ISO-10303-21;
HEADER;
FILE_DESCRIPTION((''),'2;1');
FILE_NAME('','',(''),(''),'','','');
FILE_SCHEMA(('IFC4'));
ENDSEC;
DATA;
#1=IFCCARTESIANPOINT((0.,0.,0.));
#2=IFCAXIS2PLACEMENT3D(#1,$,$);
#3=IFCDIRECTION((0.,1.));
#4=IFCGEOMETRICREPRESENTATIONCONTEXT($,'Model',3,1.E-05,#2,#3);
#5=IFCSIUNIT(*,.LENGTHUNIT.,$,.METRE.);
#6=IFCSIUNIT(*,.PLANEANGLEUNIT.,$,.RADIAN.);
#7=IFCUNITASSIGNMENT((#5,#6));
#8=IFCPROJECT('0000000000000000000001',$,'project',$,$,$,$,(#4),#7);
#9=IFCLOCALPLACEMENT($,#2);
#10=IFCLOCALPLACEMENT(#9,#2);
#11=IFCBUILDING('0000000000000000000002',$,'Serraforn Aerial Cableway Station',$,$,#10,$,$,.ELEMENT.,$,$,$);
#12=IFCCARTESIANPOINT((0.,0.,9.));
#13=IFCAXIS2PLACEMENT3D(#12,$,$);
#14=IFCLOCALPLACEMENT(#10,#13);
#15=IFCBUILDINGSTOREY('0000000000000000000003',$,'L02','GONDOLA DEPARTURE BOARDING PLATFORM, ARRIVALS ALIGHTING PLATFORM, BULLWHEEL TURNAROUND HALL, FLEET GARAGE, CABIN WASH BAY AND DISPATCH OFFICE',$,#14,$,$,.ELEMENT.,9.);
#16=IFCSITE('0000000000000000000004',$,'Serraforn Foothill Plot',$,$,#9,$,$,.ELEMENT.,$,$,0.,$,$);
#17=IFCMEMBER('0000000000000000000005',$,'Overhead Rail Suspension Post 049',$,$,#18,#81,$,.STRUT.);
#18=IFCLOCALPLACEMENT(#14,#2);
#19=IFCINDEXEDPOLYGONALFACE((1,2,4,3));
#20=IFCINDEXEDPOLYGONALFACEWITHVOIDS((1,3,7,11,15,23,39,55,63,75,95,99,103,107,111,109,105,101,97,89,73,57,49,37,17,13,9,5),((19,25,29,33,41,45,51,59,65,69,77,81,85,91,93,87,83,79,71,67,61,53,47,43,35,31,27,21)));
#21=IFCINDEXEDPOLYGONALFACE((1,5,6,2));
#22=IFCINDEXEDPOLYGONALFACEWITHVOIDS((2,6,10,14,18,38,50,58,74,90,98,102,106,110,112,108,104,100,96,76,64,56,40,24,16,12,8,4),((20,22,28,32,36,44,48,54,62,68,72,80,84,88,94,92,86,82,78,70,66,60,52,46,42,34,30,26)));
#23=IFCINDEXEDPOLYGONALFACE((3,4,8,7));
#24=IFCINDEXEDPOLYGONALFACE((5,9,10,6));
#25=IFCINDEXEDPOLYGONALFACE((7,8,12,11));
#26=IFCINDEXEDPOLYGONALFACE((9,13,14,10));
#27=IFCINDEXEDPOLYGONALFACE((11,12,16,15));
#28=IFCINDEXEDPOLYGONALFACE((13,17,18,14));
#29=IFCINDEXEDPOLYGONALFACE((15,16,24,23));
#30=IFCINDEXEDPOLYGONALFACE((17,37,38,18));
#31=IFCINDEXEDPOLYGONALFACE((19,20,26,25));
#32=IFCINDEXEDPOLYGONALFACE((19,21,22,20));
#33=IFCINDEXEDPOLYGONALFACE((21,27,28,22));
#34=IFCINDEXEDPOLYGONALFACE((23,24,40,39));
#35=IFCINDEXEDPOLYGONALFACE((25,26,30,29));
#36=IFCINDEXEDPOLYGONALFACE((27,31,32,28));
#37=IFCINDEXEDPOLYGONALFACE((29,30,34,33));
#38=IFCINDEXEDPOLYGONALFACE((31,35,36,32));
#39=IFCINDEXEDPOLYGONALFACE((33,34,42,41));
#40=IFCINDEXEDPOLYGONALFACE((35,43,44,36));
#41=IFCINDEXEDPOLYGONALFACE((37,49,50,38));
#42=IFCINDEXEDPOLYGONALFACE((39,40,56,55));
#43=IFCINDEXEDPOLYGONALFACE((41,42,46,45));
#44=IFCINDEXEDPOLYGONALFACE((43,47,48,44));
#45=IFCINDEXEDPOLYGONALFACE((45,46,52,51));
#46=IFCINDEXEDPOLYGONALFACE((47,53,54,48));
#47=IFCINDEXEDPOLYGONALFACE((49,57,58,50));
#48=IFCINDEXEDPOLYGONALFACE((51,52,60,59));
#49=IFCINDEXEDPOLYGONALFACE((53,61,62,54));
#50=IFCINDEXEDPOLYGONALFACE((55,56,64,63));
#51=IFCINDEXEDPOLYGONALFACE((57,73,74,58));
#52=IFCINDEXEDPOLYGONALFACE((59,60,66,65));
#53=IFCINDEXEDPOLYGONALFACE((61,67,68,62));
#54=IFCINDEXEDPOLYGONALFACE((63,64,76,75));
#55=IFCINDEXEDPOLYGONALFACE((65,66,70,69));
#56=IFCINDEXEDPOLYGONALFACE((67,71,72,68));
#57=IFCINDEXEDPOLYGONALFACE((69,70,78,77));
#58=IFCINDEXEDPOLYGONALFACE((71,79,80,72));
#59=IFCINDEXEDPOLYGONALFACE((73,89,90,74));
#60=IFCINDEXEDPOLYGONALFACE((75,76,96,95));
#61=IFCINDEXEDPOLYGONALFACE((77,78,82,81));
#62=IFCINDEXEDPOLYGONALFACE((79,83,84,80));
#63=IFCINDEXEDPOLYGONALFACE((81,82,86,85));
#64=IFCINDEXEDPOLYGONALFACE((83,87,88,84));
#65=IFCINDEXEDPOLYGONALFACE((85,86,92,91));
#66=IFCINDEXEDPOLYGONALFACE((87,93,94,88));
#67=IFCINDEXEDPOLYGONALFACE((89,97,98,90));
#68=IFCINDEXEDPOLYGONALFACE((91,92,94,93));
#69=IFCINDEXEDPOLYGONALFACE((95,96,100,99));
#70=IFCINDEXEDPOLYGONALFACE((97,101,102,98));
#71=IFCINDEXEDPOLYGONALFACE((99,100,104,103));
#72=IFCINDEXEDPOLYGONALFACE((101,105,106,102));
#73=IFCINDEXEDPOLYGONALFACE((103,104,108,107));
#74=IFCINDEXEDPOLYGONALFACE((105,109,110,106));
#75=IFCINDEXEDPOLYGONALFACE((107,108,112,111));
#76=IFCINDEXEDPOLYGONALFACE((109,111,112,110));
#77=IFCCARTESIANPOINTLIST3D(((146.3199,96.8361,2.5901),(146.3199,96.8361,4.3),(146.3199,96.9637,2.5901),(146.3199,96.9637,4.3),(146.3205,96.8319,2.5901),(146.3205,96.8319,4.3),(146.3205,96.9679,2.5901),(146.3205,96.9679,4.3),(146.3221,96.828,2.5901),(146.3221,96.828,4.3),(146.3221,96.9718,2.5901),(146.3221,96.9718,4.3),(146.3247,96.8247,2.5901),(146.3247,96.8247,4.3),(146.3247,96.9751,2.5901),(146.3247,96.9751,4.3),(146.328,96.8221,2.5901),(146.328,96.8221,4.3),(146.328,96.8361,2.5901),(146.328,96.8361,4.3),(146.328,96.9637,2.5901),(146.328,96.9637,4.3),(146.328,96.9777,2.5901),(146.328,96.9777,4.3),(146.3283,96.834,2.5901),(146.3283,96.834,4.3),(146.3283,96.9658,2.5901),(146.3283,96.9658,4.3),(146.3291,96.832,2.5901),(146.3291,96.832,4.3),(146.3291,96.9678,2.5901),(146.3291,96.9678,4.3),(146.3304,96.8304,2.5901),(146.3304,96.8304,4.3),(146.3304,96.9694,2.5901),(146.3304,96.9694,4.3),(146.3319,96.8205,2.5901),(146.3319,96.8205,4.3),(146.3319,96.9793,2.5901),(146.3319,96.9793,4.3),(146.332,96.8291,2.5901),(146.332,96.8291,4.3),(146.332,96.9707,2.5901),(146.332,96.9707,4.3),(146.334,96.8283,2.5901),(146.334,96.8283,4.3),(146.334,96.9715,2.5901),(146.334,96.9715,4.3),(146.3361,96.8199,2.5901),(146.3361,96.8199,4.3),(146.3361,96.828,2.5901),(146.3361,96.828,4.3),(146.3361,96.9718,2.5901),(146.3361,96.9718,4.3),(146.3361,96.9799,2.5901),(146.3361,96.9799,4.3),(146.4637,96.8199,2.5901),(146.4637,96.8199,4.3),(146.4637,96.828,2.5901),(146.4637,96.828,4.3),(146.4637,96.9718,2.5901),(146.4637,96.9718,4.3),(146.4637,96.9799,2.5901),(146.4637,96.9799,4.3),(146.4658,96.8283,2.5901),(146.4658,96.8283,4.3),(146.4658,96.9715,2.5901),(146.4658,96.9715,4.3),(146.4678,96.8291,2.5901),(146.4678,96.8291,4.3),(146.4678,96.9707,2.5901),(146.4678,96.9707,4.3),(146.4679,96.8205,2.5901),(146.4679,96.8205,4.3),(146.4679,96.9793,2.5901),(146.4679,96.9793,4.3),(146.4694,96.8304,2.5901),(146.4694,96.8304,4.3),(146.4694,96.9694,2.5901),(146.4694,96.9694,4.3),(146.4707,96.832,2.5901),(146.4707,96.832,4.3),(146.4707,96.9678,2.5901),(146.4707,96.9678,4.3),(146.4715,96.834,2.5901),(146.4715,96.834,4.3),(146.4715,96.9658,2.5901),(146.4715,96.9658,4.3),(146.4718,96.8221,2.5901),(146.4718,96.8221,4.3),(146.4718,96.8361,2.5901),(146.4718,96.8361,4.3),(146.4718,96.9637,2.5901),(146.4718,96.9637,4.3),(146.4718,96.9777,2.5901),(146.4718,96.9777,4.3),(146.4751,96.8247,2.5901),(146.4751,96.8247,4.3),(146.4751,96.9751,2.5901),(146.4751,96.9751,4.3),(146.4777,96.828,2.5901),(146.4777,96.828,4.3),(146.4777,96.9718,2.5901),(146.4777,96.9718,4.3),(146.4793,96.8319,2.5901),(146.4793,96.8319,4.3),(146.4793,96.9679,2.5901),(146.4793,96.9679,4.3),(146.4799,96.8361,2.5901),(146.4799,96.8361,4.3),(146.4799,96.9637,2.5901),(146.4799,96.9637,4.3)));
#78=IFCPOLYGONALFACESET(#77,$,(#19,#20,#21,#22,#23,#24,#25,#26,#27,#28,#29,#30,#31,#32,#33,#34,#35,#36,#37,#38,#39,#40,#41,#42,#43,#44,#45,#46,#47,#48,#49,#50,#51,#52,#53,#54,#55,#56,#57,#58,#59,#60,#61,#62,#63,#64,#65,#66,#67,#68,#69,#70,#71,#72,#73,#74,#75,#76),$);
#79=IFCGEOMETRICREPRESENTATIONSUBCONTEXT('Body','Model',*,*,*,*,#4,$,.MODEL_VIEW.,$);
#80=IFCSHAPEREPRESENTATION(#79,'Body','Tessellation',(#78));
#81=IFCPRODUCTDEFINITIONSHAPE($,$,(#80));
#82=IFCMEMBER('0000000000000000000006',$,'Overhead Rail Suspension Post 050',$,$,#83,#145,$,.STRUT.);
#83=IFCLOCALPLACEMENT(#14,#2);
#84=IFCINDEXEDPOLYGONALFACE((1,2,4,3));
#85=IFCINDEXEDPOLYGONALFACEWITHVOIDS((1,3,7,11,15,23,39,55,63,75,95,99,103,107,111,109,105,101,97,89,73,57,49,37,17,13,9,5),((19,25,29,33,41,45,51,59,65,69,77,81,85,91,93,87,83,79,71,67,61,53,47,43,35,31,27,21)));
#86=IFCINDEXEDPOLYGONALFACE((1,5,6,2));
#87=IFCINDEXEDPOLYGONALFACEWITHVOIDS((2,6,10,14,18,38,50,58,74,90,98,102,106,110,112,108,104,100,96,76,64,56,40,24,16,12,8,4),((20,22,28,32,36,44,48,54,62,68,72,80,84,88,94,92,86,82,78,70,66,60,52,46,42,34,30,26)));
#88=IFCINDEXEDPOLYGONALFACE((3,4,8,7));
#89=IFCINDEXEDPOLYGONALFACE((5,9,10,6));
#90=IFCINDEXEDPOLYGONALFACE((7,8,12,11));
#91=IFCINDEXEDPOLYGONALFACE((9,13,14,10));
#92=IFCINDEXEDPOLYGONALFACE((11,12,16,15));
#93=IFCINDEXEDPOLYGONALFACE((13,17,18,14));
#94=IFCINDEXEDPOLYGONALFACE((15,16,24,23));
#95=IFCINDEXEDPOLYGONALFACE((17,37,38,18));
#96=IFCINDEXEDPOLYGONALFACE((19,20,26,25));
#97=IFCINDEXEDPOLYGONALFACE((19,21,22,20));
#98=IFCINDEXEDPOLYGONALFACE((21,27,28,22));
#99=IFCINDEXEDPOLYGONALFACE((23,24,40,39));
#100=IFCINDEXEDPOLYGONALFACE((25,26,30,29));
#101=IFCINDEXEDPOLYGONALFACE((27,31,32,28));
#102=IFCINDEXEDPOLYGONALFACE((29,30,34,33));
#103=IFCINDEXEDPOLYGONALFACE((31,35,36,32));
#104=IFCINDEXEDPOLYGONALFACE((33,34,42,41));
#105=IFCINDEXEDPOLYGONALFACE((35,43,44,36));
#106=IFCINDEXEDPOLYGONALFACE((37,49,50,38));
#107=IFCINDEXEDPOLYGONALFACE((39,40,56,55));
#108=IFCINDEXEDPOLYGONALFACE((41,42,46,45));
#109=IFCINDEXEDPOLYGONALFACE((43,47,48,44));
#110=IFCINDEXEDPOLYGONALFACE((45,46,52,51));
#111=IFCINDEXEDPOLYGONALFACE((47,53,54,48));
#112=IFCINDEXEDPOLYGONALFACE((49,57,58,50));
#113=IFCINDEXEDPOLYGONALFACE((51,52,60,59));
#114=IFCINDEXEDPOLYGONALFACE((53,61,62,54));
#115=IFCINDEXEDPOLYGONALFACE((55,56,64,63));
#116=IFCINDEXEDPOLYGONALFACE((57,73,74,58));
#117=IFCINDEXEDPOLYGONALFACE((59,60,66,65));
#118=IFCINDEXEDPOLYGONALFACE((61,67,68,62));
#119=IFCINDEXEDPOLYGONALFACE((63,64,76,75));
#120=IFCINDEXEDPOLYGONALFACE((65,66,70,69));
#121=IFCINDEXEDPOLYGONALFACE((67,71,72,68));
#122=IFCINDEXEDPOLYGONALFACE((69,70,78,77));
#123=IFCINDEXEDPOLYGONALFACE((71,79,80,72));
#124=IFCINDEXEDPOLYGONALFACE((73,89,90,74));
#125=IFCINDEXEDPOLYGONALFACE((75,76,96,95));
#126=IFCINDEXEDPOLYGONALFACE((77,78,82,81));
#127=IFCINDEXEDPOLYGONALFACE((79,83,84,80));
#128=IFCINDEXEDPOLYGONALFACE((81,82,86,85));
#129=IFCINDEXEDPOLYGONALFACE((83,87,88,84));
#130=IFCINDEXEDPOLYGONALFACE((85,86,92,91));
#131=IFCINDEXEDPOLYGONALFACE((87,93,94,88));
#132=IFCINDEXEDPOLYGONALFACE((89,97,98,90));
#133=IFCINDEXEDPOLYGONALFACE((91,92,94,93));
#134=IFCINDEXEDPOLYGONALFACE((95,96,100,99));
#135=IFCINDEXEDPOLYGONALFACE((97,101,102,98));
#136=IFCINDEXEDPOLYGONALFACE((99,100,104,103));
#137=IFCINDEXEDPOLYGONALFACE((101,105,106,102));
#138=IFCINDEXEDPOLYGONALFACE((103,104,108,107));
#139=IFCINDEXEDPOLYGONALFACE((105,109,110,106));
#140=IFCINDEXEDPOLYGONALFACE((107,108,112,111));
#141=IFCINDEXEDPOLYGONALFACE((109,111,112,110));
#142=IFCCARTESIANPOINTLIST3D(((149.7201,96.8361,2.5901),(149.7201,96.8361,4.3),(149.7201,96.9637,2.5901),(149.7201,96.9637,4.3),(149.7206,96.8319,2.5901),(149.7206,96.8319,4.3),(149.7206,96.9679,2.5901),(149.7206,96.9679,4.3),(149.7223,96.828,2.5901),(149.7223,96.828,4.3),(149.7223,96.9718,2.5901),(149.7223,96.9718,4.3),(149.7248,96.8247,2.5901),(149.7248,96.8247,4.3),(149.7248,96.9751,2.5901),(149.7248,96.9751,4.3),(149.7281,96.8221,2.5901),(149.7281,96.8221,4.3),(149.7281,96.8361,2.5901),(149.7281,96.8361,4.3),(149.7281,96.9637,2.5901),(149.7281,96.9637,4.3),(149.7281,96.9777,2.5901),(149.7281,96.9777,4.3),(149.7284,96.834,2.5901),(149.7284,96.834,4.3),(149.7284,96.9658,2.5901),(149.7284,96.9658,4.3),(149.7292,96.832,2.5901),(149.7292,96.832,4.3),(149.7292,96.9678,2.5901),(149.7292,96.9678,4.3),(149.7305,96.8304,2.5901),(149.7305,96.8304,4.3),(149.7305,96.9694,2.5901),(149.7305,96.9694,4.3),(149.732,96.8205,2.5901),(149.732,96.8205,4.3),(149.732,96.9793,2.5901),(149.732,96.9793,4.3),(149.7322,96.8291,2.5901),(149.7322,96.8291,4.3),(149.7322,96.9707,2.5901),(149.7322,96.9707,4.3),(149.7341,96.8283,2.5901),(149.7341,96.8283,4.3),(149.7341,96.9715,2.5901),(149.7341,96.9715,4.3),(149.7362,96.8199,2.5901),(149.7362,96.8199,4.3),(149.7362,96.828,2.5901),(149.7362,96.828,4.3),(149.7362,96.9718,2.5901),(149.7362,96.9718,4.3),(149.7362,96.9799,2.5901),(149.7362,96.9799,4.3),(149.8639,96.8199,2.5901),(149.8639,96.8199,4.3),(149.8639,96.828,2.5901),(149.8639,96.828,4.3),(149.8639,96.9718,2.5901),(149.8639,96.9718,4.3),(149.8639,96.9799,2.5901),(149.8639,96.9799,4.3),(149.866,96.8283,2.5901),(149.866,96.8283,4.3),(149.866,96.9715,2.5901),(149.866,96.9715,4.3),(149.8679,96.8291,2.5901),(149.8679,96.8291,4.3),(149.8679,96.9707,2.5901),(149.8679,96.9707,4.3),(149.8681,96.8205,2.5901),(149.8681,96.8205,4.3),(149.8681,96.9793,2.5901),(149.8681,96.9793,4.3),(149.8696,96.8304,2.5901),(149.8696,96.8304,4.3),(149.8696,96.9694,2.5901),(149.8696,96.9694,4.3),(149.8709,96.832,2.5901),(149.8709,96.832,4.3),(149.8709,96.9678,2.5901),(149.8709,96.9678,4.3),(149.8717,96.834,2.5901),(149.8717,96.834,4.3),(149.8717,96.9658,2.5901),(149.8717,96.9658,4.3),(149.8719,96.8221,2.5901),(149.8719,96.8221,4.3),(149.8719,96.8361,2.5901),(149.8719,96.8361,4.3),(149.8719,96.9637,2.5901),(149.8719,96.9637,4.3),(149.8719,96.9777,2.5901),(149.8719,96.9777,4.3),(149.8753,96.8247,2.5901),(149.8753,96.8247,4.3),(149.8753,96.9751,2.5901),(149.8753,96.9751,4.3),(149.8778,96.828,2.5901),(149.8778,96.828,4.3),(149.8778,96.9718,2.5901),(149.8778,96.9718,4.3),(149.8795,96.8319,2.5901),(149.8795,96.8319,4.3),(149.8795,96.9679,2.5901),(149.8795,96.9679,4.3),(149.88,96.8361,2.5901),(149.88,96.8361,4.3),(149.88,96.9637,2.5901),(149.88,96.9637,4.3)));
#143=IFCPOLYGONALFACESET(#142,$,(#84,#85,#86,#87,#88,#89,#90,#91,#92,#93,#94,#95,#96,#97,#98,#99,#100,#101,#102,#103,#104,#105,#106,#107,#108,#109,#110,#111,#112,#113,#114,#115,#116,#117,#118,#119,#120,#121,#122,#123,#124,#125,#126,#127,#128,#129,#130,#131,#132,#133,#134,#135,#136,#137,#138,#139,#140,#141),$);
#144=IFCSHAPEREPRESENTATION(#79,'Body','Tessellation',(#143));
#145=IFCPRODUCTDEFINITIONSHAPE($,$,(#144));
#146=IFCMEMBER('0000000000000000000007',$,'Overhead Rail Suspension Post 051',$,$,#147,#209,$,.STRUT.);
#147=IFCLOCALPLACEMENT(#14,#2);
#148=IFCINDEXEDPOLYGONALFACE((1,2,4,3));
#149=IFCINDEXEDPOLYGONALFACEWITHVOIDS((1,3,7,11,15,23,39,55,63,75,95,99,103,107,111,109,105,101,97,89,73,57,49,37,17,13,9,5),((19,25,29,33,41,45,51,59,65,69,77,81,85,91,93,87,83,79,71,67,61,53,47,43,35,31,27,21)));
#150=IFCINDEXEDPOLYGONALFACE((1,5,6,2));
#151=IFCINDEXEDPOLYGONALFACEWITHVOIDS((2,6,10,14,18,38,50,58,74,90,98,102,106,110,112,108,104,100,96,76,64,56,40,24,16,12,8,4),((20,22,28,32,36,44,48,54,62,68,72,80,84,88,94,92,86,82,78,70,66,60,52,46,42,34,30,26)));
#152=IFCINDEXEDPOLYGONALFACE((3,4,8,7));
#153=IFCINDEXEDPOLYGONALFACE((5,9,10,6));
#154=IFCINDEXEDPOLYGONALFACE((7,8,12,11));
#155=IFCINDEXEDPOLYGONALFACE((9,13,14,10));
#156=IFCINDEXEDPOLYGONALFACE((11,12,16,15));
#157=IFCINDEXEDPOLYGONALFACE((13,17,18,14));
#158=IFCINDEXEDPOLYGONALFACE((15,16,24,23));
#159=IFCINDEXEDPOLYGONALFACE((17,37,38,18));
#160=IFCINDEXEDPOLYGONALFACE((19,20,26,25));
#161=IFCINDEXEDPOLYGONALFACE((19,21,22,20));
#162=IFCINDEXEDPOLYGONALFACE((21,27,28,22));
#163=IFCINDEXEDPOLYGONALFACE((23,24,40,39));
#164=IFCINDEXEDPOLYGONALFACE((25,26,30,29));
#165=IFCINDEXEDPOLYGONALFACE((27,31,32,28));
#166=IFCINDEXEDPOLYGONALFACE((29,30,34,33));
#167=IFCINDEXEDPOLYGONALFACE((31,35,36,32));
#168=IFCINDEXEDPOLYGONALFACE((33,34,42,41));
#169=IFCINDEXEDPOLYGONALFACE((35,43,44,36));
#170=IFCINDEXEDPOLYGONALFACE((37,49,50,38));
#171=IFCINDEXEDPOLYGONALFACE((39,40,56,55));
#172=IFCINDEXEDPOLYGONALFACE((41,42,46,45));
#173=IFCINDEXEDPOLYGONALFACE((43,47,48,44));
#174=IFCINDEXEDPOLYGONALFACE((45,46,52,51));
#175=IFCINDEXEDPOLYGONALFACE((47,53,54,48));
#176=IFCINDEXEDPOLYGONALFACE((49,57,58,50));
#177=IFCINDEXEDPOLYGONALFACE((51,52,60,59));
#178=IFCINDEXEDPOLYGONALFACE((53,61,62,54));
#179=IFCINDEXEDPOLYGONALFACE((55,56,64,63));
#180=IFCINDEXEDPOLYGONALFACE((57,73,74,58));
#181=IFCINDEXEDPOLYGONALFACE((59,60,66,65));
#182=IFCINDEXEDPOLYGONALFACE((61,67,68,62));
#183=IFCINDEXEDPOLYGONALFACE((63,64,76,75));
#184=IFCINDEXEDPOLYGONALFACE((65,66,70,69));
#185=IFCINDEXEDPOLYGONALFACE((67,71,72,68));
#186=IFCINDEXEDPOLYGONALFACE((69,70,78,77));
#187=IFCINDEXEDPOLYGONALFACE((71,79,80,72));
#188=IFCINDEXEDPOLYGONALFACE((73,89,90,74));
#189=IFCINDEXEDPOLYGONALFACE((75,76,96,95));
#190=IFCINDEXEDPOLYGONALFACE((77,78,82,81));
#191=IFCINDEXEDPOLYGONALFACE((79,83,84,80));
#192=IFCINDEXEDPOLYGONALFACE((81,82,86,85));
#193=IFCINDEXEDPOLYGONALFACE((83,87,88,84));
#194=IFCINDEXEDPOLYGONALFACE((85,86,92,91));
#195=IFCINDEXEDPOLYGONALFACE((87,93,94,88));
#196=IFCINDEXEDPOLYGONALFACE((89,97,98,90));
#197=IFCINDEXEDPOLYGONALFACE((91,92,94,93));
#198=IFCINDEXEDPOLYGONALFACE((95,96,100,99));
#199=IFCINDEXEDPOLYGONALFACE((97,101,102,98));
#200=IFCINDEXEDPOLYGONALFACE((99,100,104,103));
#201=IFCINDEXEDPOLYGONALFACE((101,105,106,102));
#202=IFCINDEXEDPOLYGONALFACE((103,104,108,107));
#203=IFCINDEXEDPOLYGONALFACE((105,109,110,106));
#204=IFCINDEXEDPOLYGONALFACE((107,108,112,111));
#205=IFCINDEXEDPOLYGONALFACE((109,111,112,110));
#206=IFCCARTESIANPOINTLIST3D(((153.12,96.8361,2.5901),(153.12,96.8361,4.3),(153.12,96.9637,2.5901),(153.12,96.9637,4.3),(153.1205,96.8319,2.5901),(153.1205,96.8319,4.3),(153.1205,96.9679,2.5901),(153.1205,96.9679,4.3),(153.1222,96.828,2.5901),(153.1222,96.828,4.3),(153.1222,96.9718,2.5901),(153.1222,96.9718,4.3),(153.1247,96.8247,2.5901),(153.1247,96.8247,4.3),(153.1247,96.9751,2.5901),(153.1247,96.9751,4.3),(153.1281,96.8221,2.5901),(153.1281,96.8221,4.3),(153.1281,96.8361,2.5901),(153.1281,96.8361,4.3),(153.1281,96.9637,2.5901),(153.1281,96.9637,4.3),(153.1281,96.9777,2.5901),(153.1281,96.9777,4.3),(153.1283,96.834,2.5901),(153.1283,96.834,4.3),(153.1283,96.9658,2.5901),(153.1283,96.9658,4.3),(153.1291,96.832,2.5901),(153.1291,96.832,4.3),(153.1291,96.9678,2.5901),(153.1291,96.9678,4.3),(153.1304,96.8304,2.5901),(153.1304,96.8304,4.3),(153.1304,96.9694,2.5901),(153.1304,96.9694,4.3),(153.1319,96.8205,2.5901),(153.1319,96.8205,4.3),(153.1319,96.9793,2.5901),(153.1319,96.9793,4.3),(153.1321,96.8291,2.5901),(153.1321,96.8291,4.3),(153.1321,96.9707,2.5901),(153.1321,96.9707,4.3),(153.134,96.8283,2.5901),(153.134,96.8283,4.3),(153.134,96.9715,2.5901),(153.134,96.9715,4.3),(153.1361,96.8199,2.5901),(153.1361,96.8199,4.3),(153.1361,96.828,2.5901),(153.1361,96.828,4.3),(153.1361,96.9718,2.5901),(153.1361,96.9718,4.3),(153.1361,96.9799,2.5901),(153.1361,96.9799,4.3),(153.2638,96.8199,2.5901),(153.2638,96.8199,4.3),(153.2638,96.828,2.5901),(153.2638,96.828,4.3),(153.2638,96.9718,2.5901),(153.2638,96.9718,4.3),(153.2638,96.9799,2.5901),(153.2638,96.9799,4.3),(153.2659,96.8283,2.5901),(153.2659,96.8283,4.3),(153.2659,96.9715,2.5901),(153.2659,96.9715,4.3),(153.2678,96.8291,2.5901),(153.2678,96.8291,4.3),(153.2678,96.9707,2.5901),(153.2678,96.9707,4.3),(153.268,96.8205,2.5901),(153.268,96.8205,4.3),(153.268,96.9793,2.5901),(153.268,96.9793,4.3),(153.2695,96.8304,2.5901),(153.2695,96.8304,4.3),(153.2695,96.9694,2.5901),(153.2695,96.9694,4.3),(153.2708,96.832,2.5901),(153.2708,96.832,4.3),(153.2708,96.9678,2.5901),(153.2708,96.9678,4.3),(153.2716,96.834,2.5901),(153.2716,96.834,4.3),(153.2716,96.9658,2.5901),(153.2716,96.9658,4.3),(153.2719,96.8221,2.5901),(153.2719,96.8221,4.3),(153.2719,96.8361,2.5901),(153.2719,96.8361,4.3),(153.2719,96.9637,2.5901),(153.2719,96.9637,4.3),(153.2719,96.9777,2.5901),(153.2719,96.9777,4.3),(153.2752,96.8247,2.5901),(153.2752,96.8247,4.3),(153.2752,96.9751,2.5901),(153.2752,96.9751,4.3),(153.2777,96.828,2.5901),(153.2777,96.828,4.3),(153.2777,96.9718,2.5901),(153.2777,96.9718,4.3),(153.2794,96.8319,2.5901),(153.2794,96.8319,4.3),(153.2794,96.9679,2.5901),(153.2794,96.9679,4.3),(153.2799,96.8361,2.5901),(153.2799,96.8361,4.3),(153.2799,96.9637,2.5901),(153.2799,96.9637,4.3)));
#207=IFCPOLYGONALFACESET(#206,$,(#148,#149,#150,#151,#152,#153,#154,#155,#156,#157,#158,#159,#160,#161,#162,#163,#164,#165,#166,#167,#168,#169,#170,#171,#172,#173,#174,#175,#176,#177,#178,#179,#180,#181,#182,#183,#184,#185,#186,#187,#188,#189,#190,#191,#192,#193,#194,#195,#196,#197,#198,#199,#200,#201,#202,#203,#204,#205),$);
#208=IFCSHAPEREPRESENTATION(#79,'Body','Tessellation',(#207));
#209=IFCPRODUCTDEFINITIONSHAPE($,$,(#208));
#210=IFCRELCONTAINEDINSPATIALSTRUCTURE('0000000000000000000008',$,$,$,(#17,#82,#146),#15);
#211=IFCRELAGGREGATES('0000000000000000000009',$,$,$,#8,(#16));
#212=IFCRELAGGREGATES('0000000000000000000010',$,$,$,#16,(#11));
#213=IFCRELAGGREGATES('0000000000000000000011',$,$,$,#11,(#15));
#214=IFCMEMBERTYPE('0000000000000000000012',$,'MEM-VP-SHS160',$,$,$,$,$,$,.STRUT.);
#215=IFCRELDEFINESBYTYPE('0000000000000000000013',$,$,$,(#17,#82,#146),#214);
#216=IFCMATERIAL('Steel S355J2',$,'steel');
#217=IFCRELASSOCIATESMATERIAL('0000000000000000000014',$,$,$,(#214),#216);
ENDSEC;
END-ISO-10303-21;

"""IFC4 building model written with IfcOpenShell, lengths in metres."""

from ifc_helpers import new_model, si_unit, direction, frame, origin, origin_2d, place, context, subcontext, project, spatial, hollow_rectangle, extrude, material, material_profile, profile_set, type_object, element, save


model = new_model("IFC4")

# Units and contexts
model_context = context("Model", 3, precision=1e-05, world=origin(), true_north=direction((0.0, 1.0)))
body_context = subcontext(model_context, "Body", "Model", "MODEL_VIEW")
ifc_project = project(units=[si_unit("LENGTHUNIT", "METRE"), si_unit("PLANEANGLEUNIT", "RADIAN")], contexts=[model_context])

# Site, building, storey
site_placement = place(None, origin())
site = spatial("IfcSite", under=ifc_project, at=site_placement, Name="Serraforn Foothill Plot", CompositionType="ELEMENT", RefElevation=0.0)
building_placement = place(site_placement, origin())
building = spatial("IfcBuilding", under=site, at=building_placement, Name="Serraforn Aerial Cableway Station", CompositionType="ELEMENT")
storey_placement = place(building_placement, frame((0.0, 0.0, 9.0)))
storey = spatial("IfcBuildingStorey", under=building, at=storey_placement, Name="L02", Description="GONDOLA DEPARTURE BOARDING PLATFORM, ARRIVALS ALIGHTING PLATFORM, BULLWHEEL TURNAROUND HALL, FLEET GARAGE, CABIN WASH BAY AND DISPATCH OFFICE", CompositionType="ELEMENT", Elevation=9.0)

# Members
ifc_material_1 = material(Name="Steel S355J2", Category="steel")
ifc_material_profile_1 = material_profile(ifc_material_1, hollow_rectangle(XDim=0.1599, YDim=0.1599, WallThickness=0.0081, InnerFilletRadius=0.0081, OuterFilletRadius=0.0161, at=origin_2d()), Name="SHS 160x160x8.0")
ifc_profile_set_1 = profile_set([ifc_material_profile_1], Name="Steel S355J2")
member_type_1 = type_object("IfcMemberType", Name="MEM-VP-SHS160", PredefinedType="STRUT", material=ifc_profile_set_1)
for number, where, z_axis, x_axis, name in (
    (1, (146.3999, 96.8999, 2.5901), (0.0, 0.0, 1.0), (1.0, 0.0, 0.0), "Overhead Rail Suspension Post 049"),
    (2, (149.8, 96.8999, 2.5901), (0.0, 0.0, 1.0), (1.0, 0.0, 0.0), "Overhead Rail Suspension Post 050"),
    (3, (153.2, 96.8999, 2.5901), (0.0, 0.0, 1.0), (1.0, 0.0, 0.0), "Overhead Rail Suspension Post 051"),
):
    element("IfcMember", number, at=place(storey_placement, frame(where, z_axis=z_axis, x_axis=x_axis)), inside=storey, type_object=member_type_1, Name=name, PredefinedType="STRUT", context=body_context, shape_type="SweptSolid", body=[
        extrude(hollow_rectangle(XDim=0.1599, YDim=0.1599, WallThickness=0.0081, InnerFilletRadius=0.0081, OuterFilletRadius=0.0161, at=origin_2d()), origin(), (0.0, 0.0, 1.0), 1.71),
    ])

save(model, "model.ifc")
